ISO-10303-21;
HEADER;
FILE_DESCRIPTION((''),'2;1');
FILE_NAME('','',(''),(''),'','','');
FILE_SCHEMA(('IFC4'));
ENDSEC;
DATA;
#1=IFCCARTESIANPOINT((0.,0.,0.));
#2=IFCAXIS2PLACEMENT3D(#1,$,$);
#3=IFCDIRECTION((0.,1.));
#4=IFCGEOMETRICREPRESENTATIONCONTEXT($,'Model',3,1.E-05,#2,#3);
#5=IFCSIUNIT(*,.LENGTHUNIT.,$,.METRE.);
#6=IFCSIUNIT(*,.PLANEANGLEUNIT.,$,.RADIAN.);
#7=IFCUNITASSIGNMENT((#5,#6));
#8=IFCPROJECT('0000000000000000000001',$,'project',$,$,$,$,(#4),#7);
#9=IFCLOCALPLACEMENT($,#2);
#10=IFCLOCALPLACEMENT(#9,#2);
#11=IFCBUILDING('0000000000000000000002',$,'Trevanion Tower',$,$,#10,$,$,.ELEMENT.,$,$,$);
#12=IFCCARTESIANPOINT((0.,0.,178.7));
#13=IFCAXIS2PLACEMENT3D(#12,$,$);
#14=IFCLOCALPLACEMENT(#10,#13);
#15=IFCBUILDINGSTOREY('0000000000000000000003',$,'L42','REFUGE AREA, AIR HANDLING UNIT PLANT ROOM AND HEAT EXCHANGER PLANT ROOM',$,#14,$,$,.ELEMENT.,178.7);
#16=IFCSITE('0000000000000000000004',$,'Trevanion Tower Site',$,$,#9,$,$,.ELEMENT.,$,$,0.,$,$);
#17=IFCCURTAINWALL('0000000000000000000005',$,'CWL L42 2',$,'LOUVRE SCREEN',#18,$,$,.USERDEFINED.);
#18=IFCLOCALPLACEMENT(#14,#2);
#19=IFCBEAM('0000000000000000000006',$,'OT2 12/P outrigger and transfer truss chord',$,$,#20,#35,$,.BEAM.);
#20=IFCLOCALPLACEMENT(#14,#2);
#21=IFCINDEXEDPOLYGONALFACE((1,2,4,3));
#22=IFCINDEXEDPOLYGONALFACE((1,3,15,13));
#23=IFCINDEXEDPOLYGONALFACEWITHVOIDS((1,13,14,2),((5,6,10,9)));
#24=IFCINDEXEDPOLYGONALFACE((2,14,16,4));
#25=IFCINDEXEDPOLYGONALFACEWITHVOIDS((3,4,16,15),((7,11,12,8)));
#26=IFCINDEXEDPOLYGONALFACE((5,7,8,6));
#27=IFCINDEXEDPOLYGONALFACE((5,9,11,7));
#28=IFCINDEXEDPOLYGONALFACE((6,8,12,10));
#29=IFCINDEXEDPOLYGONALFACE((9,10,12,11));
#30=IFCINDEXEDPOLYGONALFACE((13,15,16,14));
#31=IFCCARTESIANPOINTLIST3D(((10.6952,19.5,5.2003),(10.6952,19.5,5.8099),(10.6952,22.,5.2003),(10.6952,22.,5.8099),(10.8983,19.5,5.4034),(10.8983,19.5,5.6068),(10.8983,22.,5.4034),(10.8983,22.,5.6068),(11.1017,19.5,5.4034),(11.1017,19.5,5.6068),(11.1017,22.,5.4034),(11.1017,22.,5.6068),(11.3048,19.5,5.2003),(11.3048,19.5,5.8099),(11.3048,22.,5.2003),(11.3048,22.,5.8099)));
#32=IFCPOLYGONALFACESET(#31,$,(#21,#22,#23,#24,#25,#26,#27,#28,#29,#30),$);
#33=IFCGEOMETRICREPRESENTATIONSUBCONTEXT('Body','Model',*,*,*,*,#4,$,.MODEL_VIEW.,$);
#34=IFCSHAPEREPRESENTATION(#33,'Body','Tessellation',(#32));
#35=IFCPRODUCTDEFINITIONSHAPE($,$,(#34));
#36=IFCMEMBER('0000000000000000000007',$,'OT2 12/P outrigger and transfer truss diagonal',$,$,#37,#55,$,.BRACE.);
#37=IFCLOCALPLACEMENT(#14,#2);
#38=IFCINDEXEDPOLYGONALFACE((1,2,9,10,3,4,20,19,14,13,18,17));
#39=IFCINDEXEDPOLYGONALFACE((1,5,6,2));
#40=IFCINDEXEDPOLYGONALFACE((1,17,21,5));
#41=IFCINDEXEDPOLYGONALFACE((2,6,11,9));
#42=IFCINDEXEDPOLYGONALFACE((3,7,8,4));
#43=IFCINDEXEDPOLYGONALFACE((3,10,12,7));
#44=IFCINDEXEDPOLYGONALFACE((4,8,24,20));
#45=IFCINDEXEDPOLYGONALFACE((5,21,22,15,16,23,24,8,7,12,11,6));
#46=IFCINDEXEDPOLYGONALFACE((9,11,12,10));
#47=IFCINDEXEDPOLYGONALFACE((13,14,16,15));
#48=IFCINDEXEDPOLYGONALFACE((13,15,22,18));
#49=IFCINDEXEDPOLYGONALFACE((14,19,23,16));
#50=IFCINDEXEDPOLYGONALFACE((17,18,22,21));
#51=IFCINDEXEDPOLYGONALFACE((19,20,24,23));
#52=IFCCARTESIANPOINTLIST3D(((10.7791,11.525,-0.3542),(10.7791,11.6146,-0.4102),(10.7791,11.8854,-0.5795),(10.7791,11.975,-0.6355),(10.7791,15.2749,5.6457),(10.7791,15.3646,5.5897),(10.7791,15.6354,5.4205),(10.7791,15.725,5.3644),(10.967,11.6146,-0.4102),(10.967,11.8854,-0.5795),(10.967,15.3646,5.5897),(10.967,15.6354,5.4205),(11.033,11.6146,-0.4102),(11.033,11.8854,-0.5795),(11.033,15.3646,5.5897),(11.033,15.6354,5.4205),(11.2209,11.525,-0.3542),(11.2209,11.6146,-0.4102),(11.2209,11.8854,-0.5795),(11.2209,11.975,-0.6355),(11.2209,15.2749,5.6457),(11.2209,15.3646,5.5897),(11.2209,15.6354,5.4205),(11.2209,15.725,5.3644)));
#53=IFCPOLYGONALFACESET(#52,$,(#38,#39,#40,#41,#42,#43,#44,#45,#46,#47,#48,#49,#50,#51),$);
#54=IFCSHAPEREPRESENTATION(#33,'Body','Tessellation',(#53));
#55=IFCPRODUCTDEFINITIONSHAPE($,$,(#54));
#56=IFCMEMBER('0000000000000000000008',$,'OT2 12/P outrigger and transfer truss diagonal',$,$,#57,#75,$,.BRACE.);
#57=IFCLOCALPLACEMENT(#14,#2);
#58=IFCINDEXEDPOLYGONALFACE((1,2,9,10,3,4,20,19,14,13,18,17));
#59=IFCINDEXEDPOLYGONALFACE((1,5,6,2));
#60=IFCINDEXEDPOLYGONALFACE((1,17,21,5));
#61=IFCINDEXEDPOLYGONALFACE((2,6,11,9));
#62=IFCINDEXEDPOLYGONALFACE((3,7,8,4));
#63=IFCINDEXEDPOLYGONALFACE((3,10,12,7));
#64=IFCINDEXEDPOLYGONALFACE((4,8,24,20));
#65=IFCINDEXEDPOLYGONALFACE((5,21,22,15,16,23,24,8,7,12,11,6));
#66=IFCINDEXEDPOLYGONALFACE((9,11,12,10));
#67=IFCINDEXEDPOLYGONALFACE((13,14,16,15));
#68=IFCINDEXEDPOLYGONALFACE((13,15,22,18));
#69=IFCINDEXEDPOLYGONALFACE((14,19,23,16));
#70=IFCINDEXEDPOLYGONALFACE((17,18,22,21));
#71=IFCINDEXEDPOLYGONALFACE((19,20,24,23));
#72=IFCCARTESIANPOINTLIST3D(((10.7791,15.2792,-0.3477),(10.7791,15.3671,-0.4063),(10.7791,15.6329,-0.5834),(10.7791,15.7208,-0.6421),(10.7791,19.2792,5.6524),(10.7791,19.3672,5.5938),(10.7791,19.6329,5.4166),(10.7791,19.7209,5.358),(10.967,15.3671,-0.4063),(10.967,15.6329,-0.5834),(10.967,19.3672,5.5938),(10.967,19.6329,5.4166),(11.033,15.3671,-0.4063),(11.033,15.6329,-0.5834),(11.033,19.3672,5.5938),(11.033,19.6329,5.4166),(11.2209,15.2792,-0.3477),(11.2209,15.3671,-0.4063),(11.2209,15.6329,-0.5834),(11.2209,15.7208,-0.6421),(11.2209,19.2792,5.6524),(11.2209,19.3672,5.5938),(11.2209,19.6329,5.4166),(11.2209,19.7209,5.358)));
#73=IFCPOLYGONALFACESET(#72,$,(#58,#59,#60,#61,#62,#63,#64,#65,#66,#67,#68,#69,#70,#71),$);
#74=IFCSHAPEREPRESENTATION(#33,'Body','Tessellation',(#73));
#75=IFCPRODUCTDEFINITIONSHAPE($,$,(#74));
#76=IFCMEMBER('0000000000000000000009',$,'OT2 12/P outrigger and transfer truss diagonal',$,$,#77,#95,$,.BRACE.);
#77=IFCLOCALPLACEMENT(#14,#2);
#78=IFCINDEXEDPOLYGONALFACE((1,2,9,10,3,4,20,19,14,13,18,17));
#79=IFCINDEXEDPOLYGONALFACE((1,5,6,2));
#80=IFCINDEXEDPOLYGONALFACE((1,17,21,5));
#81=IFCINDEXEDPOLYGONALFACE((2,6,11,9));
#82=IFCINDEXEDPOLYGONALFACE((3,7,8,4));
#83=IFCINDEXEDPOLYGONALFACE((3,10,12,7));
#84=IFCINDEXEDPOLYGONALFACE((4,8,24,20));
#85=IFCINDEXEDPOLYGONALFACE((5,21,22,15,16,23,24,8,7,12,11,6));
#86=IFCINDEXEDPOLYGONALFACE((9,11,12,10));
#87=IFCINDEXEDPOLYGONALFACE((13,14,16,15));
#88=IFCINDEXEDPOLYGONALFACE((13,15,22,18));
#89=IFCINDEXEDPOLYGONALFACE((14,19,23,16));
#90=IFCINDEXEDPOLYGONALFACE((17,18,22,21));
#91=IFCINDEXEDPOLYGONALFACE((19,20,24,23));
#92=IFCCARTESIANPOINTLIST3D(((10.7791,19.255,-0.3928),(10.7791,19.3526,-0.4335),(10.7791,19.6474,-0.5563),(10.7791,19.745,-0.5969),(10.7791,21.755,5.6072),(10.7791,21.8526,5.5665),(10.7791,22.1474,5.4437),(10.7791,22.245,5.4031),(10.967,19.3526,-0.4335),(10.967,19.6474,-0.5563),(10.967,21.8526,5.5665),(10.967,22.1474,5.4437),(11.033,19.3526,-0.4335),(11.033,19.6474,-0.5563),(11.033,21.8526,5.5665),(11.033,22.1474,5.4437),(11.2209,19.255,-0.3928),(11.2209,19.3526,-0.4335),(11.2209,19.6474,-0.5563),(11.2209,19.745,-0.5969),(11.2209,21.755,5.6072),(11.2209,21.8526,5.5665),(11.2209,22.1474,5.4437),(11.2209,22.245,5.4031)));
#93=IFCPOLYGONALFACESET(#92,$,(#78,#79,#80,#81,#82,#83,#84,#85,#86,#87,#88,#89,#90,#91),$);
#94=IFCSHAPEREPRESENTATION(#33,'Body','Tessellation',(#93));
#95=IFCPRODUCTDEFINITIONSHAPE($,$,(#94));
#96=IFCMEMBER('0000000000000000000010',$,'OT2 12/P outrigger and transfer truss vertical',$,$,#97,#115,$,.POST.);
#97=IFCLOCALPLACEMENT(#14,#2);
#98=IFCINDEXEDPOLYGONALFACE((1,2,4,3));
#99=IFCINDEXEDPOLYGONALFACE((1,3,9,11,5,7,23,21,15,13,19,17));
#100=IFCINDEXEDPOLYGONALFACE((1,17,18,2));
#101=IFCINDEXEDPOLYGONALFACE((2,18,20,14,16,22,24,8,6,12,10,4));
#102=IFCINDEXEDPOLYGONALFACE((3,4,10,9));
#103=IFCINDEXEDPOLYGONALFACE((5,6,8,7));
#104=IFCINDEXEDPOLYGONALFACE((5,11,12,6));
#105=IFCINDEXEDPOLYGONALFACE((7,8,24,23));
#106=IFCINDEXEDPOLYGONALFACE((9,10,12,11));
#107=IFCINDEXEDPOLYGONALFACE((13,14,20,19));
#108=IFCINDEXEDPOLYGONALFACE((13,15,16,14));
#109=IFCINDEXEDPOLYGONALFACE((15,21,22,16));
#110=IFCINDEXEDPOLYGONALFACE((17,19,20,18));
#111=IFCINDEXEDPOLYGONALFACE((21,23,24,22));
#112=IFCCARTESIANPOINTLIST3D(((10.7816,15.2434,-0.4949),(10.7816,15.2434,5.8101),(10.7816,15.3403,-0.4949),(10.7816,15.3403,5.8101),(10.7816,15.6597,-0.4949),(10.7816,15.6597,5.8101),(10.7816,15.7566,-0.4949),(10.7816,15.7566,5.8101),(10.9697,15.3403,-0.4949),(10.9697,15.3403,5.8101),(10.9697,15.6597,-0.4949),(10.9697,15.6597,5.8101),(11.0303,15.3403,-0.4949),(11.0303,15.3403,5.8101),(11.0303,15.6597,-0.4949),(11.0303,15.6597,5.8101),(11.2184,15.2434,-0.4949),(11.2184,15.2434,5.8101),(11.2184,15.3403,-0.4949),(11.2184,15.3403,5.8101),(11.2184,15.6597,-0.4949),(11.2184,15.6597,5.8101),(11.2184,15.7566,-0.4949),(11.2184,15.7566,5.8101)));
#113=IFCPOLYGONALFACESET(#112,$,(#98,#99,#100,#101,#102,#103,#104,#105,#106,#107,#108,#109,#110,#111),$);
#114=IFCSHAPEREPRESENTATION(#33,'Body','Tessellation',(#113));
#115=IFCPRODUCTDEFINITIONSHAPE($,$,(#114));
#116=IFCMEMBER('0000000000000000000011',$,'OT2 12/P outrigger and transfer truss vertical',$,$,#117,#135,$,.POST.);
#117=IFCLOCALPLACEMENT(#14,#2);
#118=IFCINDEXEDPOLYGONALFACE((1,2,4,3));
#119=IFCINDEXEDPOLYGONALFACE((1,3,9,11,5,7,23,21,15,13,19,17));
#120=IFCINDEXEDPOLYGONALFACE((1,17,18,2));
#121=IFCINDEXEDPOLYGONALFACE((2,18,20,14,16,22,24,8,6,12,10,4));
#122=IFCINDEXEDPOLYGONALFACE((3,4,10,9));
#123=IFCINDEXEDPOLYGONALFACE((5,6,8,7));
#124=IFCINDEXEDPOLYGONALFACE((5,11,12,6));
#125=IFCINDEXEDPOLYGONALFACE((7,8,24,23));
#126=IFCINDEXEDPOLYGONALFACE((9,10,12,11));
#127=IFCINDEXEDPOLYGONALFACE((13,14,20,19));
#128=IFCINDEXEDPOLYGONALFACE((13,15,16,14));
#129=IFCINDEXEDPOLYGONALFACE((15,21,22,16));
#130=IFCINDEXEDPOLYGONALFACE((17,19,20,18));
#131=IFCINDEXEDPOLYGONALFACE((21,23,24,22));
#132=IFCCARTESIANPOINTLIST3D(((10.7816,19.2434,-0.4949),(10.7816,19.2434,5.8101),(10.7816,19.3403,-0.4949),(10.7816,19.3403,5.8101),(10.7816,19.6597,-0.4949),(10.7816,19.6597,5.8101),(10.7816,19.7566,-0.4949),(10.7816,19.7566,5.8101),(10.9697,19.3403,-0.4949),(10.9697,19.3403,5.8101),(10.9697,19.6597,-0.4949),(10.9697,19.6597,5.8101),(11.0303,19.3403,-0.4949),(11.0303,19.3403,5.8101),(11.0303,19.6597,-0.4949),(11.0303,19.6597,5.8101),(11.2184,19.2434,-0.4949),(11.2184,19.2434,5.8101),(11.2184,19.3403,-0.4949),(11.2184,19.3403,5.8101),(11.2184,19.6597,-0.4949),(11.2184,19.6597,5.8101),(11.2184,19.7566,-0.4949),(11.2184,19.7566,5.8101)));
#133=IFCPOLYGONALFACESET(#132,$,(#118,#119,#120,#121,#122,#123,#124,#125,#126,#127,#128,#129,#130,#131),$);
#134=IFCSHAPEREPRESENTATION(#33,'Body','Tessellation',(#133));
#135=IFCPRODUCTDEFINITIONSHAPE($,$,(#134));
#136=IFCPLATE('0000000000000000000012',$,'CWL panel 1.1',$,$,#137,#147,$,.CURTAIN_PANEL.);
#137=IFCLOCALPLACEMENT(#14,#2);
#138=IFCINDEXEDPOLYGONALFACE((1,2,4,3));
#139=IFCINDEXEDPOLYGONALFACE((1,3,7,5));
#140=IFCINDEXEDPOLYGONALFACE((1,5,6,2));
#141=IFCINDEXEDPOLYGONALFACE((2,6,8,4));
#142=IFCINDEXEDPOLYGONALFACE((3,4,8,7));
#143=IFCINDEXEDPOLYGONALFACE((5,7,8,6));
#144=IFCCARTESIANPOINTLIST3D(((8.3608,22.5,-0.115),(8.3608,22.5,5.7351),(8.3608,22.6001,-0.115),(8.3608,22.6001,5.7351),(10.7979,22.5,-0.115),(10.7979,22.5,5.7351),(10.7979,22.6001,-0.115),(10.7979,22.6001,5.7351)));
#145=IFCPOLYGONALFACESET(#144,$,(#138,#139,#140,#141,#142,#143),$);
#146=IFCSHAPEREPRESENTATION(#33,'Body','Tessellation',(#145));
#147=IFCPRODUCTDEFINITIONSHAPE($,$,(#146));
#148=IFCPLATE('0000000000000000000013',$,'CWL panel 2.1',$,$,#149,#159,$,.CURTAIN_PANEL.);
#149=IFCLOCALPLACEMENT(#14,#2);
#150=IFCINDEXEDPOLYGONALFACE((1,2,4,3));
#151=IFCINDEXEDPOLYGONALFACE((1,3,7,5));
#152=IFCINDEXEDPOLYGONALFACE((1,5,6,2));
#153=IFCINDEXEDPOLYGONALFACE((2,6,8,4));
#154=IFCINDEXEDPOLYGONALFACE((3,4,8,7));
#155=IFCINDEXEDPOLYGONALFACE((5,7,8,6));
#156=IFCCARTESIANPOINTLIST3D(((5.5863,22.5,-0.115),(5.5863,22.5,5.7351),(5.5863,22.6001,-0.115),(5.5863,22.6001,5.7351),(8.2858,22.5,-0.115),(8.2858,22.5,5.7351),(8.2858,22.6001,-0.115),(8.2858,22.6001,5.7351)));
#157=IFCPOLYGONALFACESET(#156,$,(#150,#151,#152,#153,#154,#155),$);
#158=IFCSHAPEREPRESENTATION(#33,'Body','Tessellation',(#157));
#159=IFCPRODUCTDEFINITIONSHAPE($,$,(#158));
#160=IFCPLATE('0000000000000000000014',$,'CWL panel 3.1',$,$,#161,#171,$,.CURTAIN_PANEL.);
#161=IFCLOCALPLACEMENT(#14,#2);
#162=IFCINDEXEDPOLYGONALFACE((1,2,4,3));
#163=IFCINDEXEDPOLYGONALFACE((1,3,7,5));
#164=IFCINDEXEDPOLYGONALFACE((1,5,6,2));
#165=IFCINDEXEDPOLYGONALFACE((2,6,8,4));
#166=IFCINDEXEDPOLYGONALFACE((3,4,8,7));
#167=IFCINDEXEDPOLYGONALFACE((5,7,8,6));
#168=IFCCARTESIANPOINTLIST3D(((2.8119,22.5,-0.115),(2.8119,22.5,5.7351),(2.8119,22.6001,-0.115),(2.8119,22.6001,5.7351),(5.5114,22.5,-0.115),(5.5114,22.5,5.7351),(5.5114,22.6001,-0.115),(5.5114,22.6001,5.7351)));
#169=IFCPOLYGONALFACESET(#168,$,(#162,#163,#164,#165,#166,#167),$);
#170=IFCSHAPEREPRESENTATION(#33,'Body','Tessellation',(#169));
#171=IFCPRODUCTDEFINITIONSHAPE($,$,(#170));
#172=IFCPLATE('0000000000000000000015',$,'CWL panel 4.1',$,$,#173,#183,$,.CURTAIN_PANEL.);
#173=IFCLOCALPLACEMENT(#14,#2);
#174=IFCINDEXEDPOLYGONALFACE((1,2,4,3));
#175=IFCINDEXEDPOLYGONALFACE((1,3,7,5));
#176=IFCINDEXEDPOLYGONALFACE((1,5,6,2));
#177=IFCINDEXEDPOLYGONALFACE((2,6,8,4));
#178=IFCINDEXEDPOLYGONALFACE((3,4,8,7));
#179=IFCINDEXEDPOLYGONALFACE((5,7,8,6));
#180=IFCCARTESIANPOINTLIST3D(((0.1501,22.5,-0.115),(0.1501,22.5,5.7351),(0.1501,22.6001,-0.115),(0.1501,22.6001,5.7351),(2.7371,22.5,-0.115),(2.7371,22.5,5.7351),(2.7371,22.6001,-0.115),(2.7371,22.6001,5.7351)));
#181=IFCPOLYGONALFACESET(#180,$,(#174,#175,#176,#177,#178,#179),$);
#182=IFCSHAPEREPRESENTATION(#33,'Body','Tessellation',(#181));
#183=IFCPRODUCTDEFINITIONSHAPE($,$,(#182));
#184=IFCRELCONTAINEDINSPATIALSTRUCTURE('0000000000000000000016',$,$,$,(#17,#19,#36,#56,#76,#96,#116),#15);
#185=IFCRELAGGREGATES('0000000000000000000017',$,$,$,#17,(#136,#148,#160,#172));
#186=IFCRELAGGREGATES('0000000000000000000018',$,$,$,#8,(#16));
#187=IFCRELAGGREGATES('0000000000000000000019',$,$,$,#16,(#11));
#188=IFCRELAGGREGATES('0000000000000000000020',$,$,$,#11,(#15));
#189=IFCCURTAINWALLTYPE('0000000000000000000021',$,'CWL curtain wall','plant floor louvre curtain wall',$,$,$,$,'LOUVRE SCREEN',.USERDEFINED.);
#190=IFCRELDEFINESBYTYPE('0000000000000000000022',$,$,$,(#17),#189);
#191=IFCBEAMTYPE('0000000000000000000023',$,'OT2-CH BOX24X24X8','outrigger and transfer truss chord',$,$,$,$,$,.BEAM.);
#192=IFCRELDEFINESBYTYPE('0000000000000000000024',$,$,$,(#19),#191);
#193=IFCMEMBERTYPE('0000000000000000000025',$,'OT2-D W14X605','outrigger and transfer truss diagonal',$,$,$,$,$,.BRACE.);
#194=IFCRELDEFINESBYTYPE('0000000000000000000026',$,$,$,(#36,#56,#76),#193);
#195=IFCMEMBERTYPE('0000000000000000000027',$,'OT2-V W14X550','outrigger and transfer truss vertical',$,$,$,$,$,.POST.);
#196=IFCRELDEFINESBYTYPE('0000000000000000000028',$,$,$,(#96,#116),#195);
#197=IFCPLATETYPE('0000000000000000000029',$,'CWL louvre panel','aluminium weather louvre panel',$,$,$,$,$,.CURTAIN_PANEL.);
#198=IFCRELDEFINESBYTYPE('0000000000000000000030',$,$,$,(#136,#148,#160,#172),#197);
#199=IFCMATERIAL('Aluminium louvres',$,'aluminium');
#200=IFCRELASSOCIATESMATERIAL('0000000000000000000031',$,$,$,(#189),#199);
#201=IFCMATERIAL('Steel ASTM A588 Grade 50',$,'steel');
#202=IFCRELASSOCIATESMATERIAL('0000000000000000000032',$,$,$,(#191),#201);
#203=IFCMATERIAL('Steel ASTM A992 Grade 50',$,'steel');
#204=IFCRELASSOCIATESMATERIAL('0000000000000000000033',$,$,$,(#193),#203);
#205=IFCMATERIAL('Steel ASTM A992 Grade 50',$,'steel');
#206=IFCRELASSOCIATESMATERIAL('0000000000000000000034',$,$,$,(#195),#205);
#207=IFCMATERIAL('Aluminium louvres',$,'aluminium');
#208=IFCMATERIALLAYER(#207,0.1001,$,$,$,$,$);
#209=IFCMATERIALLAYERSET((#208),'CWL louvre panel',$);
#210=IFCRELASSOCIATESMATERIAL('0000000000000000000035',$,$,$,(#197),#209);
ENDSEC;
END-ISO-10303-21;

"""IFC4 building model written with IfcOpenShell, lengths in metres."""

from ifc_helpers import new_model, si_unit, direction, frame, origin, origin_2d, place, context, subcontext, project, spatial, rectangle, hollow_rectangle, i_section, extrude, material, layer, layer_set, material_profile, profile_set, type_object, element, aggregate, save


model = new_model("IFC4")

# Units and contexts
model_context = context("Model", 3, precision=1e-05, world=origin(), true_north=direction((0.0, 1.0)))
body_context = subcontext(model_context, "Body", "Model", "MODEL_VIEW")
ifc_project = project(units=[si_unit("LENGTHUNIT", "METRE"), si_unit("PLANEANGLEUNIT", "RADIAN")], contexts=[model_context])

# Site, building, storey
site_placement = place(None, origin())
site = spatial("IfcSite", under=ifc_project, at=site_placement, Name="Trevanion Tower Site", CompositionType="ELEMENT", RefElevation=0.0)
building_placement = place(site_placement, origin())
building = spatial("IfcBuilding", under=site, at=building_placement, Name="Trevanion Tower", CompositionType="ELEMENT")
storey_placement = place(building_placement, frame((0.0, 0.0, 178.7)))
storey = spatial("IfcBuildingStorey", under=building, at=storey_placement, Name="L42", Description="REFUGE AREA, AIR HANDLING UNIT PLANT ROOM AND HEAT EXCHANGER PLANT ROOM", CompositionType="ELEMENT", Elevation=178.7)

# Curtain wall
ifc_material_1 = material(Name="Aluminium louvres", Category="aluminium")
curtain_wall_type = type_object("IfcCurtainWallType", Name="CWL curtain wall", Description="plant floor louvre curtain wall", ElementType="LOUVRE SCREEN", PredefinedType="USERDEFINED", material=ifc_material_1)
curtain_wall_1_placement = place(storey_placement, origin())
curtain_wall_1 = element("IfcCurtainWall", 1, at=curtain_wall_1_placement, inside=storey, type_object=curtain_wall_type, Name="CWL L42 2", ObjectType="LOUVRE SCREEN", PredefinedType="USERDEFINED")

# Beam
ifc_material_2 = material(Name="Steel ASTM A588 Grade 50", Category="steel")
ifc_material_profile_1 = material_profile(ifc_material_2, hollow_rectangle(XDim=0.6096, YDim=0.6096, WallThickness=0.2031, at=origin_2d()), Name="BOX24X24X8")
ifc_profile_set_1 = profile_set([ifc_material_profile_1], Name="Steel ASTM A588 Grade 50")
beam_type_1 = type_object("IfcBeamType", Name="OT2-CH BOX24X24X8", Description="outrigger and transfer truss chord", PredefinedType="BEAM", material=ifc_profile_set_1)
beam_1_placement = place(storey_placement, frame((11.0, 19.5, 5.5051), z_axis=(0.0, 1.0, 0.0), x_axis=(-1.0, 0.0, 0.0)))
element("IfcBeam", 2, at=beam_1_placement, inside=storey, type_object=beam_type_1, Name="OT2 12/P outrigger and transfer truss chord", PredefinedType="BEAM", context=body_context, shape_type="SweptSolid", body=[
    extrude(hollow_rectangle(XDim=0.6096, YDim=0.6096, WallThickness=0.2031, at=origin_2d()), origin(), (0.0, 0.0, 1.0), 2.5),
])

# Members
ifc_material_3 = material(Name="Steel ASTM A992 Grade 50", Category="steel")
ifc_material_profile_2 = material_profile(ifc_material_3, i_section(OverallWidth=0.4419, OverallDepth=0.5308, WebThickness=0.0659, FlangeThickness=0.1057, at=origin_2d()), Name="W14X605")
ifc_profile_set_2 = profile_set([ifc_material_profile_2], Name="Steel ASTM A992 Grade 50")
member_type_1 = type_object("IfcMemberType", Name="OT2-D W14X605", Description="outrigger and transfer truss diagonal", PredefinedType="BRACE", material=ifc_profile_set_2)
member_1_placement = place(storey_placement, frame((11.0, 11.75, -0.4949), z_axis=(0.0, 0.529999, 0.847998), x_axis=(-1.0, 0.0, 0.0)))
element("IfcMember", 3, at=member_1_placement, inside=storey, type_object=member_type_1, Name="OT2 12/P outrigger and transfer truss diagonal", PredefinedType="BRACE", context=body_context, shape_type="SweptSolid", body=[
    extrude(i_section(OverallWidth=0.4419, OverallDepth=0.5308, WebThickness=0.0659, FlangeThickness=0.1057, at=origin_2d()), origin(), (0.0, 0.0, 1.0), 7.0754),
])
member_2_placement = place(storey_placement, frame((11.0, 15.5, -0.4949), z_axis=(0.0, 0.5547, 0.83205), x_axis=(-1.0, 0.0, 0.0)))
element("IfcMember", 4, at=member_2_placement, inside=storey, type_object=member_type_1, Name="OT2 12/P outrigger and transfer truss diagonal", PredefinedType="BRACE", context=body_context, shape_type="SweptSolid", body=[
    extrude(i_section(OverallWidth=0.4419, OverallDepth=0.5308, WebThickness=0.0659, FlangeThickness=0.1057, at=origin_2d()), origin(), (0.0, 0.0, 1.0), 7.2112),
])
member_3_placement = place(storey_placement, frame((11.0, 19.5, -0.4949), z_axis=(0.0, 0.384615, 0.923077), x_axis=(-1.0, 0.0, 0.0)))
element("IfcMember", 5, at=member_3_placement, inside=storey, type_object=member_type_1, Name="OT2 12/P outrigger and transfer truss diagonal", PredefinedType="BRACE", context=body_context, shape_type="SweptSolid", body=[
    extrude(i_section(OverallWidth=0.4419, OverallDepth=0.5308, WebThickness=0.0659, FlangeThickness=0.1057, at=origin_2d()), origin(), (0.0, 0.0, 1.0), 6.5),
])
ifc_material_4 = material(Name="Steel ASTM A992 Grade 50", Category="steel")
ifc_material_profile_3 = material_profile(ifc_material_4, i_section(OverallWidth=0.4368, OverallDepth=0.5132, WebThickness=0.0605, FlangeThickness=0.0969, at=origin_2d()), Name="W14X550")
ifc_profile_set_3 = profile_set([ifc_material_profile_3], Name="Steel ASTM A992 Grade 50")
member_type_2 = type_object("IfcMemberType", Name="OT2-V W14X550", Description="outrigger and transfer truss vertical", PredefinedType="POST", material=ifc_profile_set_3)
for number, where, z_axis, x_axis, name in (
    (6, (11.0, 15.5, -0.4949), (0.0, 0.0, 1.0), (1.0, 0.0, 0.0), "OT2 12/P outrigger and transfer truss vertical"),
    (7, (11.0, 19.5, -0.4949), (0.0, 0.0, 1.0), (1.0, 0.0, 0.0), "OT2 12/P outrigger and transfer truss vertical"),
):
    element("IfcMember", number, at=place(storey_placement, frame(where, z_axis=z_axis, x_axis=x_axis)), inside=storey, type_object=member_type_2, Name=name, PredefinedType="POST", context=body_context, shape_type="SweptSolid", body=[
        extrude(i_section(OverallWidth=0.4368, OverallDepth=0.5132, WebThickness=0.0605, FlangeThickness=0.0969, at=origin_2d()), origin(), (0.0, 0.0, 1.0), 6.3049),
    ])

# Plates
ifc_material_5 = material(Name="Aluminium louvres", Category="aluminium")
ifc_layer = layer(ifc_material_5, 0.1001)
ifc_layer_set = layer_set([ifc_layer], Name="CWL louvre panel")
plate_type = type_object("IfcPlateType", Name="CWL louvre panel", Description="aluminium weather louvre panel", PredefinedType="CURTAIN_PANEL", material=ifc_layer_set)
plate_1_placement = place(storey_placement, frame((9.5793, 22.55, -0.115), z_axis=(0.0, 0.0, 1.0), x_axis=(-1.0, 0.0, 0.0)))
plate_1 = element("IfcPlate", 8, at=plate_1_placement, type_object=plate_type, Name="CWL panel 1.1", PredefinedType="CURTAIN_PANEL", context=body_context, shape_type="SweptSolid", body=[
    extrude(rectangle(XDim=2.437, YDim=0.1001, at=origin_2d()), origin(), (0.0, 0.0, 1.0), 5.8501),
])
plate_2_placement = place(storey_placement, frame((6.936, 22.55, -0.115), z_axis=(0.0, 0.0, 1.0), x_axis=(-1.0, 0.0, 0.0)))
plate_2 = element("IfcPlate", 9, at=plate_2_placement, type_object=plate_type, Name="CWL panel 2.1", PredefinedType="CURTAIN_PANEL", context=body_context, shape_type="SweptSolid", body=[
    extrude(rectangle(XDim=2.6995, YDim=0.1001, at=origin_2d()), origin(), (0.0, 0.0, 1.0), 5.8501),
])
plate_3_placement = place(storey_placement, frame((4.1616, 22.55, -0.115), z_axis=(0.0, 0.0, 1.0), x_axis=(-1.0, 0.0, 0.0)))
plate_3 = element("IfcPlate", 10, at=plate_3_placement, type_object=plate_type, Name="CWL panel 3.1", PredefinedType="CURTAIN_PANEL", context=body_context, shape_type="SweptSolid", body=[
    extrude(rectangle(XDim=2.6995, YDim=0.1001, at=origin_2d()), origin(), (0.0, 0.0, 1.0), 5.8501),
])
plate_4_placement = place(storey_placement, frame((1.4436, 22.55, -0.115), z_axis=(0.0, 0.0, 1.0), x_axis=(-1.0, 0.0, 0.0)))
plate_4 = element("IfcPlate", 11, at=plate_4_placement, type_object=plate_type, Name="CWL panel 4.1", PredefinedType="CURTAIN_PANEL", context=body_context, shape_type="SweptSolid", body=[
    extrude(rectangle(XDim=2.5869, YDim=0.1001, at=origin_2d()), origin(), (0.0, 0.0, 1.0), 5.8501),
])
aggregate(curtain_wall_1, [plate_1, plate_2, plate_3, plate_4])

save(model, "model.ifc")
